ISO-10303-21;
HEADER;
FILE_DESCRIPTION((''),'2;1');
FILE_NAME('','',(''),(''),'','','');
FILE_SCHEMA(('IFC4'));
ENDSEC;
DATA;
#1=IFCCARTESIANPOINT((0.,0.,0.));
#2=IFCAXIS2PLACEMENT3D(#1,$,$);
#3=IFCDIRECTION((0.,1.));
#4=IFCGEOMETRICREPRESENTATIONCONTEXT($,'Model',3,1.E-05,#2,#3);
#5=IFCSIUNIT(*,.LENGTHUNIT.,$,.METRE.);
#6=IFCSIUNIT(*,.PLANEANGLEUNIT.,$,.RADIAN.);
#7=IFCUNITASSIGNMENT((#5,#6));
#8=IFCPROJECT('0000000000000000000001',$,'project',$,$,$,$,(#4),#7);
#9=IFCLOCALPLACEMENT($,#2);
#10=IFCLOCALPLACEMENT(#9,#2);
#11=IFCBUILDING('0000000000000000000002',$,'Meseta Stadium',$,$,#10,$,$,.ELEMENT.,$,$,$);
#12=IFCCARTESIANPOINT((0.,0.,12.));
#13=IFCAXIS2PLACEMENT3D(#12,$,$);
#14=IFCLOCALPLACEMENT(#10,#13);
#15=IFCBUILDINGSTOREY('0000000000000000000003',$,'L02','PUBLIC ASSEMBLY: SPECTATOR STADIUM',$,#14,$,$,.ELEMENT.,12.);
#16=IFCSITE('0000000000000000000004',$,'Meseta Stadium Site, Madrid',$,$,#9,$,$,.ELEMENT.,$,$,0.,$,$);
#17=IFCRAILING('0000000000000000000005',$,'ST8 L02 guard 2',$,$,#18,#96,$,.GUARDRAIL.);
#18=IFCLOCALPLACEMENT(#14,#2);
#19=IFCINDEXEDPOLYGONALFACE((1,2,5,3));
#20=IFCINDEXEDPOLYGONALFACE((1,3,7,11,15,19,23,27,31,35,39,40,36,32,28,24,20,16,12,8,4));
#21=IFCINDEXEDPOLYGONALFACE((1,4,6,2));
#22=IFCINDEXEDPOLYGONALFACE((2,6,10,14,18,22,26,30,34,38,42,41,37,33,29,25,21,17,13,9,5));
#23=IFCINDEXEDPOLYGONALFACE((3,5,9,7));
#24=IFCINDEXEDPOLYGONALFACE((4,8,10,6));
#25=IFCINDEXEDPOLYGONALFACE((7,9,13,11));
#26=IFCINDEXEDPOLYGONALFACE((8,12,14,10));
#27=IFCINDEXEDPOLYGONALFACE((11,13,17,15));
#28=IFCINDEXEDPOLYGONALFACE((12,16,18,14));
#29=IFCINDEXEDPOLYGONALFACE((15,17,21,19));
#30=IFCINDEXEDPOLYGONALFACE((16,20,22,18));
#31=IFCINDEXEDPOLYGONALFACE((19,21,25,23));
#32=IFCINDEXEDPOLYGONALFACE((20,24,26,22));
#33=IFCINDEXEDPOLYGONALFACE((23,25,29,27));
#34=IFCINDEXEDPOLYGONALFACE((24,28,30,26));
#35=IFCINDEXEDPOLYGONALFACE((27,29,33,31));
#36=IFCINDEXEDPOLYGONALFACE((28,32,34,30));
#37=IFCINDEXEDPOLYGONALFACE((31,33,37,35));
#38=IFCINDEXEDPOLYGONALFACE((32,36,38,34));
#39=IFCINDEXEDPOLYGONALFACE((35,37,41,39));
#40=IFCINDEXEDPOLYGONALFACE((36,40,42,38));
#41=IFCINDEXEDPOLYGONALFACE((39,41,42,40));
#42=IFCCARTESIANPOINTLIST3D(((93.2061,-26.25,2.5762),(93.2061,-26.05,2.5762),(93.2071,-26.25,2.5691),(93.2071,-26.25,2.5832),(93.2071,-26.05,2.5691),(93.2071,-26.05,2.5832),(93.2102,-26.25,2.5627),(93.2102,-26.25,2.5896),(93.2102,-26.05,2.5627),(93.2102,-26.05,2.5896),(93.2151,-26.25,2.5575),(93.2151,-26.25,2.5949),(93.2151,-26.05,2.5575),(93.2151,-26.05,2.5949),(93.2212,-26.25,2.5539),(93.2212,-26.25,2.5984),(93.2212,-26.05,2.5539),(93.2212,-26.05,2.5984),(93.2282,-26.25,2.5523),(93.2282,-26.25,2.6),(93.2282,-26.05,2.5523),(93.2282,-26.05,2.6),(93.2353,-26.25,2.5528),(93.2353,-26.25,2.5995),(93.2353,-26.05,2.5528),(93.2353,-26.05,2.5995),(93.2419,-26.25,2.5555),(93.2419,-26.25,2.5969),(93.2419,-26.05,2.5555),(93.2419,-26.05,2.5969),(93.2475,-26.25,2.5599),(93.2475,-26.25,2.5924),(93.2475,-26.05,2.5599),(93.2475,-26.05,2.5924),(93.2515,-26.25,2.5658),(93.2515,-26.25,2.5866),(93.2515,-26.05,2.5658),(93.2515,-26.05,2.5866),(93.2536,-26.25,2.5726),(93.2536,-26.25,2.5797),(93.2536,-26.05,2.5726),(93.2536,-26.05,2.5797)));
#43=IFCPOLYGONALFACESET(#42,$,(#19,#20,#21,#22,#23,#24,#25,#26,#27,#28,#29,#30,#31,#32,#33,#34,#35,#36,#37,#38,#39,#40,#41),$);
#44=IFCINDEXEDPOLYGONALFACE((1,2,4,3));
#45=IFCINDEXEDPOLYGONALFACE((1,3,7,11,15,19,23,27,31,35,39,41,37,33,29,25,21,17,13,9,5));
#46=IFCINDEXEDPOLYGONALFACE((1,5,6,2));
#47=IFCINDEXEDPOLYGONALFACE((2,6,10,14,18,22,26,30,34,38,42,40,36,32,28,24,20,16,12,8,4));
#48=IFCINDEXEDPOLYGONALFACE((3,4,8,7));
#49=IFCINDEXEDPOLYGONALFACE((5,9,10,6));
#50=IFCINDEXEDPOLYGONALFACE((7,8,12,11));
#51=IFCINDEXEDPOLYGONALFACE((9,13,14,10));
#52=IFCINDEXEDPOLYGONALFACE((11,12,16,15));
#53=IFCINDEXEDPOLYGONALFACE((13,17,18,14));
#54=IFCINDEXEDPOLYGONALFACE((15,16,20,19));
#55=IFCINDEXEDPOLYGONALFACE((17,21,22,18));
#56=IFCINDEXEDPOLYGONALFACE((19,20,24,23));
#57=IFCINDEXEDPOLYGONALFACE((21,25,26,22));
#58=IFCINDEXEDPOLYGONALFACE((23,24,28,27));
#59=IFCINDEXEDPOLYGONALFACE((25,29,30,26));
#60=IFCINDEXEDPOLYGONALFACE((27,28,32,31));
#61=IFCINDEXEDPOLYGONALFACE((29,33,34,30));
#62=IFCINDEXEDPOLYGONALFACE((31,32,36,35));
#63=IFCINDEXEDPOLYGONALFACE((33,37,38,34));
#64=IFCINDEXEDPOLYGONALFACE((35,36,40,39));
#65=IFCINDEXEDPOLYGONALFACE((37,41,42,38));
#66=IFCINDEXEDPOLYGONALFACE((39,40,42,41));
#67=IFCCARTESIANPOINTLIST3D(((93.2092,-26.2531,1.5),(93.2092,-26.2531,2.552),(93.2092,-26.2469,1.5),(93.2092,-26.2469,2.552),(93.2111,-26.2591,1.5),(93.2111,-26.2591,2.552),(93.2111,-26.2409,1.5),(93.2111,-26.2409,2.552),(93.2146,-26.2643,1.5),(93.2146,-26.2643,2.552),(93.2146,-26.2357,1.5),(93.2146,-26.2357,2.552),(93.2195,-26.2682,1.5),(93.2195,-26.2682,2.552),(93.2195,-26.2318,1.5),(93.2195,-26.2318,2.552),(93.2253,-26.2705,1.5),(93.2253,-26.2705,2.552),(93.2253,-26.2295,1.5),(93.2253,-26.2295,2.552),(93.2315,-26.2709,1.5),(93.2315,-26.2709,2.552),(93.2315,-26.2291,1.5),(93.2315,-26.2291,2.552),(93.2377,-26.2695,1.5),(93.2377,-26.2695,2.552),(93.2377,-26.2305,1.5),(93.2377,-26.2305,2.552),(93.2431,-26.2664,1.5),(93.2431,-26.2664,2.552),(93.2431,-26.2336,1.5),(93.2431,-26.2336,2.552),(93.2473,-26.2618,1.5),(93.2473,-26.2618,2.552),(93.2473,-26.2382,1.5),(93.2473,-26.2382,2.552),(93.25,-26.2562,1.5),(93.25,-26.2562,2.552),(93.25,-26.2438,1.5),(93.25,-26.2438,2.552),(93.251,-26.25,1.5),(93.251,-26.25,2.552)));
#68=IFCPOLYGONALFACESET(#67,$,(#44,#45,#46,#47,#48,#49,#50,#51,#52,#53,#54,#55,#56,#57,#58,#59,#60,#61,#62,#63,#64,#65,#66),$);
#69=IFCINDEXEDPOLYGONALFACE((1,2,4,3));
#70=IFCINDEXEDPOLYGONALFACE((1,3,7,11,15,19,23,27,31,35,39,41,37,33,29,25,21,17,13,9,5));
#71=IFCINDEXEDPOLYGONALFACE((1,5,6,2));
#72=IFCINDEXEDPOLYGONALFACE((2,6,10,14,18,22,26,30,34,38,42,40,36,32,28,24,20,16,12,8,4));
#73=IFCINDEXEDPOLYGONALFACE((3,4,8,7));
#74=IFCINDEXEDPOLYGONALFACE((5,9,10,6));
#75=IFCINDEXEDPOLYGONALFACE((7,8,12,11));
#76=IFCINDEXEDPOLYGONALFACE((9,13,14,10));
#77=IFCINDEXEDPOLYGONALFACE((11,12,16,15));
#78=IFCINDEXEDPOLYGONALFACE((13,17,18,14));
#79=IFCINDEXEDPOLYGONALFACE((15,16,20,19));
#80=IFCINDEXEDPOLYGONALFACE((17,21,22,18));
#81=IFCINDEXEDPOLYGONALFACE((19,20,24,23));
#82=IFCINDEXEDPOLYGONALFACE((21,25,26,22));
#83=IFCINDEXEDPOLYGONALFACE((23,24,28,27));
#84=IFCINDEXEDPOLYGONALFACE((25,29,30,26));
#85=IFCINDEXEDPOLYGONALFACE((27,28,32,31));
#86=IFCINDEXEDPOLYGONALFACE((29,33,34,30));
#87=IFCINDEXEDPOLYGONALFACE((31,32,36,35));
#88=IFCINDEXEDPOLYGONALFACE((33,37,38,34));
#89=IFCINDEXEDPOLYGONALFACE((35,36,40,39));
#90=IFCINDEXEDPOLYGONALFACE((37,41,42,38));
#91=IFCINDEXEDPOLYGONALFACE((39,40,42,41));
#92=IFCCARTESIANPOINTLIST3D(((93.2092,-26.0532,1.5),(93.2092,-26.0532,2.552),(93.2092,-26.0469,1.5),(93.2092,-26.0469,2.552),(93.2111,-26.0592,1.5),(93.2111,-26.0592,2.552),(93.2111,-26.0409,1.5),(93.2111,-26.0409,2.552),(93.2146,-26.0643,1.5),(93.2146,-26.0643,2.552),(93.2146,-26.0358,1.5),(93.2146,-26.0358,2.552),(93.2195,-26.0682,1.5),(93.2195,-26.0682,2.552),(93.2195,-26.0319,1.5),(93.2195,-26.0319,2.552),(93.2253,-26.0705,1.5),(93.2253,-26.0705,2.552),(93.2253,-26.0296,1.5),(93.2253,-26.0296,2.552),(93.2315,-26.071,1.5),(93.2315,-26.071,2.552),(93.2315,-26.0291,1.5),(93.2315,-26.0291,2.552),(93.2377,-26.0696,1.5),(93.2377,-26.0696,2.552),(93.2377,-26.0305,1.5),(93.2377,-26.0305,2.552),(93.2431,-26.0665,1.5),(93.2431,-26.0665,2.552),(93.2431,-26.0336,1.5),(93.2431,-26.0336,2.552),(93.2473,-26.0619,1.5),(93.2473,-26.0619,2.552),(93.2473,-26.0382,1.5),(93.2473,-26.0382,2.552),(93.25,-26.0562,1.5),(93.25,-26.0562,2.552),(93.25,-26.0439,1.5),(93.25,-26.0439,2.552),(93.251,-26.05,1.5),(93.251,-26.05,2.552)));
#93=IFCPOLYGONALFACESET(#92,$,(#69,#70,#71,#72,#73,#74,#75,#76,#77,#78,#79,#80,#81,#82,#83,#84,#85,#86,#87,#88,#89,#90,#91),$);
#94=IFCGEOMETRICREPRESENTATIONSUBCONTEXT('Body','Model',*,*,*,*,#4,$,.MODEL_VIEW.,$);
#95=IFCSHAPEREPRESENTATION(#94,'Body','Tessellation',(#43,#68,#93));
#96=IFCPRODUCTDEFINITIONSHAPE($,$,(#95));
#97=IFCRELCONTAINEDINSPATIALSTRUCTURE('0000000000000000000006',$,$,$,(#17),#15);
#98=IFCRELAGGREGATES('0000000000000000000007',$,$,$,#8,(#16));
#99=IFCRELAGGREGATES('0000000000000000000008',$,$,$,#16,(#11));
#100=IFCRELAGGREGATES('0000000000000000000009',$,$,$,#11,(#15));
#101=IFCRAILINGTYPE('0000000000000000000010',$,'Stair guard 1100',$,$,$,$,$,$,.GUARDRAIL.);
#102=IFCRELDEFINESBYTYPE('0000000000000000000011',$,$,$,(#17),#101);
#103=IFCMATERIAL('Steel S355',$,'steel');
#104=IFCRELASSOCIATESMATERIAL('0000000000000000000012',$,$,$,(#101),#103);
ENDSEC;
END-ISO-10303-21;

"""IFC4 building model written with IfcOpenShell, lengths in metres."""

from ifc_helpers import new_model, si_unit, direction, frame, origin, origin_2d, place, context, subcontext, project, spatial, circle, extrude, material, type_object, element, save


model = new_model("IFC4")

# Units and contexts
model_context = context("Model", 3, precision=1e-05, world=origin(), true_north=direction((0.0, 1.0)))
body_context = subcontext(model_context, "Body", "Model", "MODEL_VIEW")
ifc_project = project(units=[si_unit("LENGTHUNIT", "METRE"), si_unit("PLANEANGLEUNIT", "RADIAN")], contexts=[model_context])

# Site, building, storey
site_placement = place(None, origin())
site = spatial("IfcSite", under=ifc_project, at=site_placement, Name="Meseta Stadium Site, Madrid", CompositionType="ELEMENT", RefElevation=0.0)
building_placement = place(site_placement, origin())
building = spatial("IfcBuilding", under=site, at=building_placement, Name="Meseta Stadium", CompositionType="ELEMENT")
storey_placement = place(building_placement, frame((0.0, 0.0, 12.0)))
storey = spatial("IfcBuildingStorey", under=building, at=storey_placement, Name="L02", Description="PUBLIC ASSEMBLY: SPECTATOR STADIUM", CompositionType="ELEMENT", Elevation=12.0)

# Railing
ifc_material_1 = material(Name="Steel S355", Category="steel")
railing_type_1 = type_object("IfcRailingType", Name="Stair guard 1100", PredefinedType="GUARDRAIL", material=ifc_material_1)
railing_1_placement = place(storey_placement, frame((93.23, -26.25, 1.5)))
element("IfcRailing", 1, at=railing_1_placement, inside=storey, type_object=railing_type_1, Name="ST8 L02 guard 2", PredefinedType="GUARDRAIL", context=body_context, shape_type="SweptSolid", body=[
    extrude(circle(Radius=0.0239, at=origin_2d()), frame((0.0, 0.0, 1.0762), z_axis=(0.0, 1.0, 0.0), x_axis=(-1.0, 0.0, 0.0)), (0.0, 0.0, 1.0), 0.2),
    extrude(circle(Radius=0.021, at=origin_2d()), origin(), (0.0, 0.0, 1.0), 1.052),
    extrude(circle(Radius=0.021, at=origin_2d()), frame((0.0, 0.2, 0.0)), (0.0, 0.0, 1.0), 1.052),
])

save(model, "model.ifc")
